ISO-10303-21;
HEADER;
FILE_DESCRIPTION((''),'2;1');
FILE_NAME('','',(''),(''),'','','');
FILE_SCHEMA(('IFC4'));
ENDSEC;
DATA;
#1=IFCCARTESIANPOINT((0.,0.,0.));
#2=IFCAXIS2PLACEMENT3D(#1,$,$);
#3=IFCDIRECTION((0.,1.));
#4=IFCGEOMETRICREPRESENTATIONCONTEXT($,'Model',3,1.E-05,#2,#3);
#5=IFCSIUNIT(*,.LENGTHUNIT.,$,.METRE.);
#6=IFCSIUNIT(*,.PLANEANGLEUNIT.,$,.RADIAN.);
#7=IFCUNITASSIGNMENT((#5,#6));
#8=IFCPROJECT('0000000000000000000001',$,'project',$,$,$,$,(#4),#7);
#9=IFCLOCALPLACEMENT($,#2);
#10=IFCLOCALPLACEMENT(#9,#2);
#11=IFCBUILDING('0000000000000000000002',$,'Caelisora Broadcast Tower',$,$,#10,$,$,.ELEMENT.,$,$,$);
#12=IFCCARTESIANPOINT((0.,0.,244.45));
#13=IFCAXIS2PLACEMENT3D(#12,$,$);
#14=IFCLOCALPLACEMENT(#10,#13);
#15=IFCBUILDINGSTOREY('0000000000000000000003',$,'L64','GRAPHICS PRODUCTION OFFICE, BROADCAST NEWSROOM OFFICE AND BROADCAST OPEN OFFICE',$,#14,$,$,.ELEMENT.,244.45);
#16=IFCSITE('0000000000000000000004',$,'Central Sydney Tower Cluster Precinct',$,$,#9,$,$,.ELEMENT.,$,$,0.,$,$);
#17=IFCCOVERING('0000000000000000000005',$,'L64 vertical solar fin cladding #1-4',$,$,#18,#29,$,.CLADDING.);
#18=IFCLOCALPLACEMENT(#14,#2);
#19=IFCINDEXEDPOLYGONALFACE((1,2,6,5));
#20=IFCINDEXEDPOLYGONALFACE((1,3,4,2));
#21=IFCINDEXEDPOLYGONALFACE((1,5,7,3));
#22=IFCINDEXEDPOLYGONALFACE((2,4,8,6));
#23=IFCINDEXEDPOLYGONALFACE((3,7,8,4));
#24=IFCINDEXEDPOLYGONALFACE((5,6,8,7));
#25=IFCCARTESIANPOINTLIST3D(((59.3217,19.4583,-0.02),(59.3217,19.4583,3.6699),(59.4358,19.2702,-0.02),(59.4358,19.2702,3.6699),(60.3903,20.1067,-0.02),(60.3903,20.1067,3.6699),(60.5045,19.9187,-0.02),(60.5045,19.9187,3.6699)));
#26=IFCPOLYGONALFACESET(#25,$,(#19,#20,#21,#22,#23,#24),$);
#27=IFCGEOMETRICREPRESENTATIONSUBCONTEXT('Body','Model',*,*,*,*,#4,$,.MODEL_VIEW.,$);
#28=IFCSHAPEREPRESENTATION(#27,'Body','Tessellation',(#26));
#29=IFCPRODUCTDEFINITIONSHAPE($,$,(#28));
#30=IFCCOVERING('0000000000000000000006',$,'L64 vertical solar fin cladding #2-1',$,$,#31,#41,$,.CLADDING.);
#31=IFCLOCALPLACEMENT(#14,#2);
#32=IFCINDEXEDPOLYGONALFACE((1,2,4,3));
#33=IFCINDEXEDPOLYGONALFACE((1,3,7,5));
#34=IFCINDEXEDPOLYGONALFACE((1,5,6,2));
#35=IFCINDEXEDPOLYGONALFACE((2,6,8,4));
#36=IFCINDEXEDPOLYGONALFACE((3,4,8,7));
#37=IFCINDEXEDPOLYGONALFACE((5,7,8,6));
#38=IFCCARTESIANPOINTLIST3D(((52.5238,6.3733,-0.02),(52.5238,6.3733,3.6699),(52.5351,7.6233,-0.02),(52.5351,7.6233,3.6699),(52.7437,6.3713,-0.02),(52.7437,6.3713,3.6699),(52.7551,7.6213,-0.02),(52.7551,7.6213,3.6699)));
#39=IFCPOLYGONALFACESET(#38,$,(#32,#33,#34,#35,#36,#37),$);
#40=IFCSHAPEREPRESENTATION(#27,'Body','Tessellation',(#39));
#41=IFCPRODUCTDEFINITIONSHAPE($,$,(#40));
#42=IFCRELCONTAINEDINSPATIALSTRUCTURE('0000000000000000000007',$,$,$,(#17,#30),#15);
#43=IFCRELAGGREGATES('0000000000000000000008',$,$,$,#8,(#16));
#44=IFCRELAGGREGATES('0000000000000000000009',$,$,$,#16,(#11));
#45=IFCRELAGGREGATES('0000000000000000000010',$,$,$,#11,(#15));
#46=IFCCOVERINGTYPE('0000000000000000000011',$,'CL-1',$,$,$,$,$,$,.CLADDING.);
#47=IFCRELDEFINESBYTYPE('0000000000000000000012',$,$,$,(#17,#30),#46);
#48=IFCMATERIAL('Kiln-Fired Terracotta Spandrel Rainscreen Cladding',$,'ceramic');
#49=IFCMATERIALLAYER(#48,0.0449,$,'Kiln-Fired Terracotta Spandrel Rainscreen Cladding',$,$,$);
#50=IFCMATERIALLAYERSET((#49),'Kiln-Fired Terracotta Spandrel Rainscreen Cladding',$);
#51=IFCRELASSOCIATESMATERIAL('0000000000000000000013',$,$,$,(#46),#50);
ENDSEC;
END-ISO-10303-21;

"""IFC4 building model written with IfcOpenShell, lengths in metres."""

from ifc_helpers import new_model, si_unit, direction, frame, origin, origin_2d, place, context, subcontext, project, spatial, rectangle, extrude, source, transform, mapped, material, layer, layer_set, type_object, type_shapes, element, save


model = new_model("IFC4")

# Units and contexts
model_context = context("Model", 3, precision=1e-05, world=origin(), true_north=direction((0.0, 1.0)))
body_context = subcontext(model_context, "Body", "Model", "MODEL_VIEW")
ifc_project = project(units=[si_unit("LENGTHUNIT", "METRE"), si_unit("PLANEANGLEUNIT", "RADIAN")], contexts=[model_context])

# Site, building, storey
site_placement = place(None, origin())
site = spatial("IfcSite", under=ifc_project, at=site_placement, Name="Central Sydney Tower Cluster Precinct", CompositionType="ELEMENT", RefElevation=0.0)
building_placement = place(site_placement, origin())
building = spatial("IfcBuilding", under=site, at=building_placement, Name="Caelisora Broadcast Tower", CompositionType="ELEMENT")
storey_placement = place(building_placement, frame((0.0, 0.0, 244.45)))
storey = spatial("IfcBuildingStorey", under=building, at=storey_placement, Name="L64", Description="GRAPHICS PRODUCTION OFFICE, BROADCAST NEWSROOM OFFICE AND BROADCAST OPEN OFFICE", CompositionType="ELEMENT", Elevation=244.45)

# Coverings
ifc_material_1 = material(Name="Kiln-Fired Terracotta Spandrel Rainscreen Cladding", Category="ceramic")
ifc_layer_1 = layer(ifc_material_1, 0.0449, Name="Kiln-Fired Terracotta Spandrel Rainscreen Cladding")
ifc_layer_set_1 = layer_set([ifc_layer_1], Name="Kiln-Fired Terracotta Spandrel Rainscreen Cladding")
covering_type = type_object("IfcCoveringType", Name="CL-1", PredefinedType="CLADDING", material=ifc_layer_set_1)
shared_shape_1 = source(origin(), body_context, "Body", "SweptSolid", [
    extrude(rectangle(XDim=0.22, YDim=1.25, at=origin_2d()), origin(), (0.0, 0.0, 1.0), 3.6899),
])
type_shapes(covering_type, [shared_shape_1])
for number, where, z_axis, x_axis, name in (
    (1, (59.9131, 19.6885, -0.02), (0.0, 0.0, 1.0), (0.518773, -0.854912, 0.0), "L64 vertical solar fin cladding #1-4"),
    (2, (52.6394, 6.9973, -0.02), (0.0, 0.0, 1.0), (-0.999959, 0.009076, 0.0), "L64 vertical solar fin cladding #2-1"),
):
    element("IfcCovering", number, at=place(storey_placement, frame(where, z_axis=z_axis, x_axis=x_axis)), inside=storey, type_object=covering_type, Name=name, PredefinedType="CLADDING", context=body_context, shape_type="MappedRepresentation", body=[
        mapped(shared_shape_1, transform((0.0, 0.0, 0.0), scale=1.0)),
    ])

save(model, "model.ifc")
